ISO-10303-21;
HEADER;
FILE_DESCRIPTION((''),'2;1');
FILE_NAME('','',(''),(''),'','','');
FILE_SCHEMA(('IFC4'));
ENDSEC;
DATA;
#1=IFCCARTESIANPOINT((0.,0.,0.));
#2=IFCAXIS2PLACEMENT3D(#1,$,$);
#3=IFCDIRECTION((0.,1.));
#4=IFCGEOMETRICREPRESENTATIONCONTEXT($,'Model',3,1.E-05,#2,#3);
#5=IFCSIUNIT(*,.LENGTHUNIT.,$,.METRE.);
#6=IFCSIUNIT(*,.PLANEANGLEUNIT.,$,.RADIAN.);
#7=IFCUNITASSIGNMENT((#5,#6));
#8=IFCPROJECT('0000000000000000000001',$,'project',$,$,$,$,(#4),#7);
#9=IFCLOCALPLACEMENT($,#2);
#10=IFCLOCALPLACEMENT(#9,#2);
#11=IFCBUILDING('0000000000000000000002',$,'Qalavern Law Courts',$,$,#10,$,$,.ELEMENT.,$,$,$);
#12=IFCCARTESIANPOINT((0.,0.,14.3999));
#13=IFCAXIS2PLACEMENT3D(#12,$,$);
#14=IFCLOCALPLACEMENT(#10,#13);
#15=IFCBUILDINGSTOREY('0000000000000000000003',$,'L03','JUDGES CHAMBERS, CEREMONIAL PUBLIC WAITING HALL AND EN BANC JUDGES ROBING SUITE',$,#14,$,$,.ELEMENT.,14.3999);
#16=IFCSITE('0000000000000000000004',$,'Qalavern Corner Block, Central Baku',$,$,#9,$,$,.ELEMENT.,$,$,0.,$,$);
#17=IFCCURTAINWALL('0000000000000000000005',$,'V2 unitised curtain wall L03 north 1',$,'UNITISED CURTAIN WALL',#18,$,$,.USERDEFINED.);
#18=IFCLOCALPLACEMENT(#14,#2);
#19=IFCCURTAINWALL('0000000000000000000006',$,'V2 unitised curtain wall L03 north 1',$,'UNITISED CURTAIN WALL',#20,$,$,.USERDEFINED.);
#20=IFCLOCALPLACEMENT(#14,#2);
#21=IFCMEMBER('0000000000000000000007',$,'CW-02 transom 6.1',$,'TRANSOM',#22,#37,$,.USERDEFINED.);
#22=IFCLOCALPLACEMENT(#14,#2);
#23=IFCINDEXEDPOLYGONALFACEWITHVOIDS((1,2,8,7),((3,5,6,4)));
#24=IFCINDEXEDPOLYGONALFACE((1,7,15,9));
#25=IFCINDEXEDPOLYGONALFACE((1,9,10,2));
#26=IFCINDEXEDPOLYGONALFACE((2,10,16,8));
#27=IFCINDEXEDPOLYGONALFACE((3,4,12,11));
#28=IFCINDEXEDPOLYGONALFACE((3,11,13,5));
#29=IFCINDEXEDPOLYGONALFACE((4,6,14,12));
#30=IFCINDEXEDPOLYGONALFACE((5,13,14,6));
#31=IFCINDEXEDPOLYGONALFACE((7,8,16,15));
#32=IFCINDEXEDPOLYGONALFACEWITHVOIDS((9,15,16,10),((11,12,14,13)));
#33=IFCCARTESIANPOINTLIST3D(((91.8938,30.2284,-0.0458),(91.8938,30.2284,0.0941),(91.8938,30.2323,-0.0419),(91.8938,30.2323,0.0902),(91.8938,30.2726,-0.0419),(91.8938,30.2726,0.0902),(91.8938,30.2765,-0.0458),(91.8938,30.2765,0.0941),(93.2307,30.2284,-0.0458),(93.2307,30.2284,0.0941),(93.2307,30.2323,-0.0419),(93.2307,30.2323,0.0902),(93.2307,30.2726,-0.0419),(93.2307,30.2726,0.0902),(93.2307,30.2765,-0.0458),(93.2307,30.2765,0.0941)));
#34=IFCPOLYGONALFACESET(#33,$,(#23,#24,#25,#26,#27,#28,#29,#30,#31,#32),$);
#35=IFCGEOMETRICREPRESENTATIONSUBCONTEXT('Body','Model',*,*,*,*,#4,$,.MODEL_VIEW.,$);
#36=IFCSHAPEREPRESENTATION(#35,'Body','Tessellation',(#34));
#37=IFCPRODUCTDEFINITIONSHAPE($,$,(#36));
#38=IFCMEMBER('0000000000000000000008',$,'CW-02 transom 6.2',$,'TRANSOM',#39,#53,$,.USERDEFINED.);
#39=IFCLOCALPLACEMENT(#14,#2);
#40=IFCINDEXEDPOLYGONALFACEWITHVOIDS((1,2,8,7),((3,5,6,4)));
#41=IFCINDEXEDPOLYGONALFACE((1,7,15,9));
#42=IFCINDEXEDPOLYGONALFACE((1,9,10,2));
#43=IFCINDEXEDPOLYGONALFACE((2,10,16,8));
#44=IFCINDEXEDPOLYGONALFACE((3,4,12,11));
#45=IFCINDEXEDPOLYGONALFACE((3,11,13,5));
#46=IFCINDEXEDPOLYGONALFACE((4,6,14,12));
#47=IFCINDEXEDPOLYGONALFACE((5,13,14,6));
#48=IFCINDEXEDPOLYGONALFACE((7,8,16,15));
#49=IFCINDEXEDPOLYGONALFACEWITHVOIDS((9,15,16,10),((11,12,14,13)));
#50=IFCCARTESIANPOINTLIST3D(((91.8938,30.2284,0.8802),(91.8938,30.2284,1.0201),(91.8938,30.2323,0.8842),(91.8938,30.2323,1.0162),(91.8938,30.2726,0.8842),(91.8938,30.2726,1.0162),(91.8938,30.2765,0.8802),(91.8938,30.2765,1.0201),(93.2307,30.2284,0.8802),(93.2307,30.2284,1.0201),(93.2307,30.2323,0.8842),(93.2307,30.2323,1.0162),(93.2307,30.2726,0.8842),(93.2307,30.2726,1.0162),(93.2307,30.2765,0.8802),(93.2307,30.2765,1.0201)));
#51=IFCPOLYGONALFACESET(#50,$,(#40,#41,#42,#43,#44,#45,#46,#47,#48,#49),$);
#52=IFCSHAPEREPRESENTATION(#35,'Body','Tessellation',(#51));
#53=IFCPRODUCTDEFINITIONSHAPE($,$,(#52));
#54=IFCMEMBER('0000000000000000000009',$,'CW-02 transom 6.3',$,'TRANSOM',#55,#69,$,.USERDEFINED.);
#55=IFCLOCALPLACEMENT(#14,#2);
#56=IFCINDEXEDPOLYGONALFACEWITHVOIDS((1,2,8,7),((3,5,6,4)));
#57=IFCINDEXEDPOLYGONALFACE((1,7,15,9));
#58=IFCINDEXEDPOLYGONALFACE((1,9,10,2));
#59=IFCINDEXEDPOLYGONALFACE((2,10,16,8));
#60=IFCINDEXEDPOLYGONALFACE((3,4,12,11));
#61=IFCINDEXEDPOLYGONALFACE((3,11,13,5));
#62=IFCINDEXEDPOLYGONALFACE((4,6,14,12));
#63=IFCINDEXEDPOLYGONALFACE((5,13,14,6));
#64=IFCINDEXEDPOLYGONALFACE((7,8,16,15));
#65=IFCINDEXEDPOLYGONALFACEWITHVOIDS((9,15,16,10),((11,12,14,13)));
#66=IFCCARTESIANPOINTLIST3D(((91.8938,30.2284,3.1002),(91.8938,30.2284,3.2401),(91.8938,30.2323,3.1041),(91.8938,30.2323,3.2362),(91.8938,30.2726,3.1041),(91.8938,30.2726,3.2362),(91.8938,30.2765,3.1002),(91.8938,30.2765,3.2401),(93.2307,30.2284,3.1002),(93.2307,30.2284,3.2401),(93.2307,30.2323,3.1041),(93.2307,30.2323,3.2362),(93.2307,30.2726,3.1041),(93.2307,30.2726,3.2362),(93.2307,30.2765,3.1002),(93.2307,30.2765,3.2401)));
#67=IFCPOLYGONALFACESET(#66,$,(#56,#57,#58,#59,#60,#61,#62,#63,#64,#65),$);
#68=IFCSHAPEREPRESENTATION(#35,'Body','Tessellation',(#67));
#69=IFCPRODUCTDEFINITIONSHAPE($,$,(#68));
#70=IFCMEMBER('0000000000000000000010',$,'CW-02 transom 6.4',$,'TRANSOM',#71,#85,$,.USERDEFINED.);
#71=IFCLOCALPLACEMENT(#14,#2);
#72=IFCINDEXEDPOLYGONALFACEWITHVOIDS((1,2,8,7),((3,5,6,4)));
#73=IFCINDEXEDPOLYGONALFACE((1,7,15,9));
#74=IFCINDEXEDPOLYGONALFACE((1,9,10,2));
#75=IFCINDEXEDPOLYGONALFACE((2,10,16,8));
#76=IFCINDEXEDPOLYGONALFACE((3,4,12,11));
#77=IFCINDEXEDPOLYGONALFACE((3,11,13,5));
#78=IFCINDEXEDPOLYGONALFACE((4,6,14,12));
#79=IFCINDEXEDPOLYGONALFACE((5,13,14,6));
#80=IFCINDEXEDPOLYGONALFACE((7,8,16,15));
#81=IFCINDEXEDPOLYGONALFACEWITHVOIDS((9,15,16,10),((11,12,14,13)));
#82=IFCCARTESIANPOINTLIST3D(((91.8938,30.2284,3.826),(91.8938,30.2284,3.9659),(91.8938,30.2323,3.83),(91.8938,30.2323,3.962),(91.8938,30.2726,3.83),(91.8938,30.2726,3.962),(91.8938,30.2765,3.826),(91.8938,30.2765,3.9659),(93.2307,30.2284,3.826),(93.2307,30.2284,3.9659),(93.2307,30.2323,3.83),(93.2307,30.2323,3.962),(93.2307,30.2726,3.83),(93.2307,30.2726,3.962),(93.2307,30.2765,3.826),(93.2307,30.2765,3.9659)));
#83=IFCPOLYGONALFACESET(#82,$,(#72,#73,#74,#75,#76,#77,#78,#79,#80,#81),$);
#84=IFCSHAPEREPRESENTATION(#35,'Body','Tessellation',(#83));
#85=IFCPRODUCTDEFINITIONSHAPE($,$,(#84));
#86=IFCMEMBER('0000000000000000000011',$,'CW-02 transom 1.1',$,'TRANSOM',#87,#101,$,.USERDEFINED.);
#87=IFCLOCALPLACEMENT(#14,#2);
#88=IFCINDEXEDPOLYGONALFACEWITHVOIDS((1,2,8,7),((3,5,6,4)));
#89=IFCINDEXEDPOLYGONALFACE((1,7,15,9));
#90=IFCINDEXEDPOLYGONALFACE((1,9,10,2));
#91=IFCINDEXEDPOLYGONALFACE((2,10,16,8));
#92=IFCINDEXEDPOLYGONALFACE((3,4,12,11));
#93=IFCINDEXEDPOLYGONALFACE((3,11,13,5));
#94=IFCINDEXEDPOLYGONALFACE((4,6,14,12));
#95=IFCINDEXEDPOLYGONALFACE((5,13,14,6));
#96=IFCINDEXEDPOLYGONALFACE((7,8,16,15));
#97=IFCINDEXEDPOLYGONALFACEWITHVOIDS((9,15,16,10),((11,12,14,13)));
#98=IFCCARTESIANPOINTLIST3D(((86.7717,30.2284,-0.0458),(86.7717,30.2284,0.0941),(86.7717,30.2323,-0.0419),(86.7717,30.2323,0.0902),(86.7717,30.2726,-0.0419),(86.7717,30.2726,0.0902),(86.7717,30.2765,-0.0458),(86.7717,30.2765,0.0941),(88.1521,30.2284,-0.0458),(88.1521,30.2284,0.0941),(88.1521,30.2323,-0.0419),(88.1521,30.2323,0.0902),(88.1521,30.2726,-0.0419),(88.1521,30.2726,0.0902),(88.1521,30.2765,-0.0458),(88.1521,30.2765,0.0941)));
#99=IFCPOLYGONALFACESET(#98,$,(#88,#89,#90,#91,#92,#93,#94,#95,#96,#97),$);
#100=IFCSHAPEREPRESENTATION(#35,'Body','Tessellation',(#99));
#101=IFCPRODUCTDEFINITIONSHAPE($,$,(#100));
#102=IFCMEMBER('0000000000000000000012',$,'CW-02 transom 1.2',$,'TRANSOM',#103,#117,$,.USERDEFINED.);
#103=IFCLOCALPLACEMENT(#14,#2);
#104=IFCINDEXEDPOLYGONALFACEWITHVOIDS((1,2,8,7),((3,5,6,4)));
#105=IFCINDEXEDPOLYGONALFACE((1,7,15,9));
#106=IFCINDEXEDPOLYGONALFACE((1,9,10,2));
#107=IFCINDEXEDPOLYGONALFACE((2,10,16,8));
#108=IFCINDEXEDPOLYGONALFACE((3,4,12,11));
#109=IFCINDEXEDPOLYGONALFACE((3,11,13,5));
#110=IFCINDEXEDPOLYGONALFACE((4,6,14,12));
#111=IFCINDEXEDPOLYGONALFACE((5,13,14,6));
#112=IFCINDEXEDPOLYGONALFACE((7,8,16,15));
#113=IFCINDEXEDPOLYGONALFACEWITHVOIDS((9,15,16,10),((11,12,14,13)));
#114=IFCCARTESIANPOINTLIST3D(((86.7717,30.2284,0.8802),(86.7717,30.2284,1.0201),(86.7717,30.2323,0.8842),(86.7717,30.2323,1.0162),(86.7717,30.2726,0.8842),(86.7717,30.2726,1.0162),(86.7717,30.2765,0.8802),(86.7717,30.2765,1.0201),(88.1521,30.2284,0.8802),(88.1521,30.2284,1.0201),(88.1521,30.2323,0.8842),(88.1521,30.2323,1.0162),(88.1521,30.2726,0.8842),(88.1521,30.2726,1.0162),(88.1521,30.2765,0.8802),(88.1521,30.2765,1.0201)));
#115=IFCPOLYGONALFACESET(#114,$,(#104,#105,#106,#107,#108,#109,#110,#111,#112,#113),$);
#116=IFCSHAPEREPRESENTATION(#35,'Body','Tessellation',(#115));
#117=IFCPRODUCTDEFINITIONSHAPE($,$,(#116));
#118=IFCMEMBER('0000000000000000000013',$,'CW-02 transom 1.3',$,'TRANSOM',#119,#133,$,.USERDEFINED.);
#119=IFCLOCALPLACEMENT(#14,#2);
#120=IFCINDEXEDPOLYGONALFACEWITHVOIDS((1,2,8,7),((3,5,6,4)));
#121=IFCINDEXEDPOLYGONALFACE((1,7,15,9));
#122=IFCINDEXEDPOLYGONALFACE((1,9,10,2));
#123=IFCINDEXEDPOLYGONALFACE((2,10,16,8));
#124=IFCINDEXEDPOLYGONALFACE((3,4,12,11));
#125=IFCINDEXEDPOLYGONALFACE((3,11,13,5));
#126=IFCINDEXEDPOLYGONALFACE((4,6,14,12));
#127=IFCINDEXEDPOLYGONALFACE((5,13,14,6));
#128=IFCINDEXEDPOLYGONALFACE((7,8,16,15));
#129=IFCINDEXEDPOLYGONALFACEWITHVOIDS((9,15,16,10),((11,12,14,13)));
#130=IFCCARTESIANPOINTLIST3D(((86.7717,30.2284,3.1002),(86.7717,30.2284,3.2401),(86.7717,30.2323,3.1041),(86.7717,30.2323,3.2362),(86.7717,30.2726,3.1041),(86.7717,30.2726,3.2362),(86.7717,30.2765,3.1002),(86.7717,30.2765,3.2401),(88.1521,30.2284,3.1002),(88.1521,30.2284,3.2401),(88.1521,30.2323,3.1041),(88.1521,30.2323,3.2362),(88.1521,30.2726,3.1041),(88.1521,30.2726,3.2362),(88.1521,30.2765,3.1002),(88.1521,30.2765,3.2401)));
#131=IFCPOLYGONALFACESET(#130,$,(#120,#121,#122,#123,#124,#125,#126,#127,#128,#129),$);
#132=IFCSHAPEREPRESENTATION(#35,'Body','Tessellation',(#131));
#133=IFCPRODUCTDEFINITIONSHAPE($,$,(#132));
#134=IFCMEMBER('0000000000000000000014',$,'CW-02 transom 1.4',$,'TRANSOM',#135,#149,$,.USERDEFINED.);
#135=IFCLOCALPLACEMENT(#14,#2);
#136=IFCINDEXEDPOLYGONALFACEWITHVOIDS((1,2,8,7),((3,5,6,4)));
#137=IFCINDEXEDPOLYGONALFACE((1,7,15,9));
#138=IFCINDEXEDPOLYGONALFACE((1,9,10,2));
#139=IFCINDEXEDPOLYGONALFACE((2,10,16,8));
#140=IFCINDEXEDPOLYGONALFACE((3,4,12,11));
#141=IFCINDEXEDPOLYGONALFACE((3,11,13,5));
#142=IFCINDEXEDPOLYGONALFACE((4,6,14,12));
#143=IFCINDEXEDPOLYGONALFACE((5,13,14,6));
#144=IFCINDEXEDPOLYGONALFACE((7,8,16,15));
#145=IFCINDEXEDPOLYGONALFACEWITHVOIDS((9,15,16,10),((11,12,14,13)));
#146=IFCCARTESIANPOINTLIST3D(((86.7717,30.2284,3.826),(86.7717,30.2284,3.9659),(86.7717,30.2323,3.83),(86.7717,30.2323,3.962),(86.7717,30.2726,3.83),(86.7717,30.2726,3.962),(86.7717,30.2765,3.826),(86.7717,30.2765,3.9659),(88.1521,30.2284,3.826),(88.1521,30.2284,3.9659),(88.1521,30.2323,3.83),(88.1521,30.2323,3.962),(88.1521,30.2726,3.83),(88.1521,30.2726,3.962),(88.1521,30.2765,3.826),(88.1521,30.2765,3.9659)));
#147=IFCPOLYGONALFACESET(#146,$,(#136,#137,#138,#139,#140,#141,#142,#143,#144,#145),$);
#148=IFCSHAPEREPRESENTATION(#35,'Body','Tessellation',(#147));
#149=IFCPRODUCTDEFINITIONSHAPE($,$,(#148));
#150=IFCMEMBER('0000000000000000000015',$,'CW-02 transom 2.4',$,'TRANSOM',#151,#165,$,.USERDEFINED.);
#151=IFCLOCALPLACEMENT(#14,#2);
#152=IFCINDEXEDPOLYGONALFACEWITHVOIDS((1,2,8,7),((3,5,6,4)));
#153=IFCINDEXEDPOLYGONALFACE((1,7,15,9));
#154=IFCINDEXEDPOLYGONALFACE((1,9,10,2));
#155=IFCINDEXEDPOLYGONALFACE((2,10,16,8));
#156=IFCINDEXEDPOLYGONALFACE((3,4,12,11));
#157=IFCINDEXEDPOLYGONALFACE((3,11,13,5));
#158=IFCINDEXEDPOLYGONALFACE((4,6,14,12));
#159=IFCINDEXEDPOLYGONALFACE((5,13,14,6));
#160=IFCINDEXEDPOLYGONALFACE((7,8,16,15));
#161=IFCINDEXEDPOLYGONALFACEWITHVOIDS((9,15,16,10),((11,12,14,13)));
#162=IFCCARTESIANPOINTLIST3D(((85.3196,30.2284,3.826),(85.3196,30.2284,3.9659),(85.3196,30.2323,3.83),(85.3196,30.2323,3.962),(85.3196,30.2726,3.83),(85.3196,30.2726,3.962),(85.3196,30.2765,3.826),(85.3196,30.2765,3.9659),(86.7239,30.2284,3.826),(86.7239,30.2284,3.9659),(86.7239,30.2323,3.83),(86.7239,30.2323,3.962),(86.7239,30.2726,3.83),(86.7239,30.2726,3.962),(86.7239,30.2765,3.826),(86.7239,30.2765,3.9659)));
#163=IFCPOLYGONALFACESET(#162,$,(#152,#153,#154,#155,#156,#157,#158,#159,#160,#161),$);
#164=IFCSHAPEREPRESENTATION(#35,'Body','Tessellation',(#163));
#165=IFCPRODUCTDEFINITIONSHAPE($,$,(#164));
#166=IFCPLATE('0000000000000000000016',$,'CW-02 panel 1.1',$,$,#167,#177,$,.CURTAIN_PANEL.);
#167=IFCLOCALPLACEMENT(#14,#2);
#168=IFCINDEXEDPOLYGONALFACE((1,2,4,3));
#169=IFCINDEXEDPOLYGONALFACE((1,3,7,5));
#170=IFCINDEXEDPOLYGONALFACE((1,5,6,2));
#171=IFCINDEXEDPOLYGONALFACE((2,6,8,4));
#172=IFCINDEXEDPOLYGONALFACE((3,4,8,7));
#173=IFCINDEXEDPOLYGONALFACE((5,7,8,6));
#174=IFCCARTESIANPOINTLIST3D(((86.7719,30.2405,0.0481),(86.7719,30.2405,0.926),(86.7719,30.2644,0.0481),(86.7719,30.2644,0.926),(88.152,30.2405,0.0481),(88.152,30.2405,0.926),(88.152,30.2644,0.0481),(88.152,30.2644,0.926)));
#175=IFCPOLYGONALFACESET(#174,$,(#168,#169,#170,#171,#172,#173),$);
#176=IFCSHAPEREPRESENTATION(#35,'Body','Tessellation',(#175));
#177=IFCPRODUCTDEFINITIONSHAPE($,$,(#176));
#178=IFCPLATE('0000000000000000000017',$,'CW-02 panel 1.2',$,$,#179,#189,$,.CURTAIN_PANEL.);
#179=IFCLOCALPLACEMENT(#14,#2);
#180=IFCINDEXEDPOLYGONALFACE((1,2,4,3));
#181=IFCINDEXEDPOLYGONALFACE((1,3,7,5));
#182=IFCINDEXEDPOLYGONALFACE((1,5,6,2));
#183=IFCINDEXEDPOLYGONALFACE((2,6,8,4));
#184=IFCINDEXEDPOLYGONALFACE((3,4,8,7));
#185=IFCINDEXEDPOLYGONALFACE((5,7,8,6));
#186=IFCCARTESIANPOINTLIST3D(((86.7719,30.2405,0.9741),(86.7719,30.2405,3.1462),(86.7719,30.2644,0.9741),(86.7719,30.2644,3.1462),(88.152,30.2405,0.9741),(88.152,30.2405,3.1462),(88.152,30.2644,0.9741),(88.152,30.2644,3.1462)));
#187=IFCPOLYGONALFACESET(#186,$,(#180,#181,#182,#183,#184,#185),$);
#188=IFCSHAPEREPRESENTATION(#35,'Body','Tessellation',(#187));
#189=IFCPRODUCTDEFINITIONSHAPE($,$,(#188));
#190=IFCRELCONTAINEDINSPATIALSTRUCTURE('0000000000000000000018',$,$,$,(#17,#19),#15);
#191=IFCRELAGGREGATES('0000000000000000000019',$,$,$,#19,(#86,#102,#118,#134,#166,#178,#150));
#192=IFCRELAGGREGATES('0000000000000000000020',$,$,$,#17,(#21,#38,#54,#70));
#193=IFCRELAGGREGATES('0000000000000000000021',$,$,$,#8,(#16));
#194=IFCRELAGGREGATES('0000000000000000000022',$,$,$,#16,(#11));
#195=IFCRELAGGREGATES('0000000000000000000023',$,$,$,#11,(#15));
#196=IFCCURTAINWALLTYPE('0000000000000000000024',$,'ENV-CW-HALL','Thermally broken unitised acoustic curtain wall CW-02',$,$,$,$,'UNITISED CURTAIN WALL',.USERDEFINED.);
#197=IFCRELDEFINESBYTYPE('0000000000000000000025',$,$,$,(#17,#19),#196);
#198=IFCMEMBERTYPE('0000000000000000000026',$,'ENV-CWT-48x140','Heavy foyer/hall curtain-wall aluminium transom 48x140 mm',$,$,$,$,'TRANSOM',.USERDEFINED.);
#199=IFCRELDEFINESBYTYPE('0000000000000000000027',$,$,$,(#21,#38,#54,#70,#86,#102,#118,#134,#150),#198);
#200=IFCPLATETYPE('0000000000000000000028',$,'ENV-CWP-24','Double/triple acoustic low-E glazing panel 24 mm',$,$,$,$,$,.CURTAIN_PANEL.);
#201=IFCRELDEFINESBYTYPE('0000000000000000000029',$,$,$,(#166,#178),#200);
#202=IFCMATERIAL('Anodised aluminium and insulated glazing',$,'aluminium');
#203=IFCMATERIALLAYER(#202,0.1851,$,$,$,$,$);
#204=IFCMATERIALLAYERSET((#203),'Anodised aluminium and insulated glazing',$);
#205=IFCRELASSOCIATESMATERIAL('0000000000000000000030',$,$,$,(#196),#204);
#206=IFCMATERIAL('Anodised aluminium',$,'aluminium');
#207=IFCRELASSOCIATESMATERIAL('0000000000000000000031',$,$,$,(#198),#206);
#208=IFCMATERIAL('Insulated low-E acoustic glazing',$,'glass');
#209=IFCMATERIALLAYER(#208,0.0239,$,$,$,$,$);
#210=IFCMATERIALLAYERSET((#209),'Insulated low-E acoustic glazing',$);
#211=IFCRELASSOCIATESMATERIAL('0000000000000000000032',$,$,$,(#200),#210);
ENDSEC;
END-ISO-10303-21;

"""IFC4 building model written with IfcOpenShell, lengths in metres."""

from ifc_helpers import new_model, si_unit, direction, frame, origin, origin_2d, place, context, subcontext, project, spatial, rectangle, hollow_rectangle, extrude, material, layer, layer_set, material_profile, profile_set, type_object, element, aggregate, save


model = new_model("IFC4")

# Units and contexts
model_context = context("Model", 3, precision=1e-05, world=origin(), true_north=direction((0.0, 1.0)))
body_context = subcontext(model_context, "Body", "Model", "MODEL_VIEW")
ifc_project = project(units=[si_unit("LENGTHUNIT", "METRE"), si_unit("PLANEANGLEUNIT", "RADIAN")], contexts=[model_context])

# Site, building, storey
site_placement = place(None, origin())
site = spatial("IfcSite", under=ifc_project, at=site_placement, Name="Qalavern Corner Block, Central Baku", CompositionType="ELEMENT", RefElevation=0.0)
building_placement = place(site_placement, origin())
building = spatial("IfcBuilding", under=site, at=building_placement, Name="Qalavern Law Courts", CompositionType="ELEMENT")
storey_placement = place(building_placement, frame((0.0, 0.0, 14.3999)))
storey = spatial("IfcBuildingStorey", under=building, at=storey_placement, Name="L03", Description="JUDGES CHAMBERS, CEREMONIAL PUBLIC WAITING HALL AND EN BANC JUDGES ROBING SUITE", CompositionType="ELEMENT", Elevation=14.3999)

# Shared definitions
ifc_material_1 = material(Name="Anodised aluminium and insulated glazing", Category="aluminium")
ifc_material_2 = material(Name="Anodised aluminium", Category="aluminium")

# Curtain walls
ifc_layer_1 = layer(ifc_material_1, 0.1851)
ifc_layer_set_1 = layer_set([ifc_layer_1], Name="Anodised aluminium and insulated glazing")
curtain_wall_type_1 = type_object("IfcCurtainWallType", Name="ENV-CW-HALL", Description="Thermally broken unitised acoustic curtain wall CW-02", ElementType="UNITISED CURTAIN WALL", PredefinedType="USERDEFINED", material=ifc_layer_set_1)
curtain_wall_1_placement = place(storey_placement, origin())
curtain_wall_1 = element("IfcCurtainWall", 1, at=curtain_wall_1_placement, inside=storey, type_object=curtain_wall_type_1, Name="V2 unitised curtain wall L03 north 1", ObjectType="UNITISED CURTAIN WALL", PredefinedType="USERDEFINED")
curtain_wall_2_placement = place(storey_placement, origin())
curtain_wall_2 = element("IfcCurtainWall", 2, at=curtain_wall_2_placement, inside=storey, type_object=curtain_wall_type_1, Name="V2 unitised curtain wall L03 north 1", ObjectType="UNITISED CURTAIN WALL", PredefinedType="USERDEFINED")

# Members
ifc_material_profile_1 = material_profile(ifc_material_2, hollow_rectangle(XDim=0.0481, YDim=0.1399, WallThickness=0.0039, at=origin_2d()), Name="ALU TRANSOM 48x140")
ifc_profile_set_1 = profile_set([ifc_material_profile_1], Name="Anodised aluminium")
member_type_1 = type_object("IfcMemberType", Name="ENV-CWT-48x140", Description="Heavy foyer/hall curtain-wall aluminium transom 48x140 mm", ElementType="TRANSOM", PredefinedType="USERDEFINED", material=ifc_profile_set_1)
member_1_placement = place(storey_placement, frame((93.2307, 30.2524, 0.0242), z_axis=(-1.0, 0.0, 0.0), x_axis=(0.0, -1.0, 0.0)))
member_1 = element("IfcMember", 3, at=member_1_placement, type_object=member_type_1, Name="CW-02 transom 6.1", ObjectType="TRANSOM", PredefinedType="USERDEFINED", context=body_context, shape_type="SweptSolid", body=[
    extrude(hollow_rectangle(XDim=0.0481, YDim=0.1399, WallThickness=0.0039, at=origin_2d()), origin(), (0.0, 0.0, 1.0), 1.3369),
])
member_2_placement = place(storey_placement, frame((93.2307, 30.2524, 0.9502), z_axis=(-1.0, 0.0, 0.0), x_axis=(0.0, -1.0, 0.0)))
member_2 = element("IfcMember", 4, at=member_2_placement, type_object=member_type_1, Name="CW-02 transom 6.2", ObjectType="TRANSOM", PredefinedType="USERDEFINED", context=body_context, shape_type="SweptSolid", body=[
    extrude(hollow_rectangle(XDim=0.0481, YDim=0.1399, WallThickness=0.0039, at=origin_2d()), origin(), (0.0, 0.0, 1.0), 1.3369),
])
member_3_placement = place(storey_placement, frame((93.2307, 30.2524, 3.1702), z_axis=(-1.0, 0.0, 0.0), x_axis=(0.0, -1.0, 0.0)))
member_3 = element("IfcMember", 5, at=member_3_placement, type_object=member_type_1, Name="CW-02 transom 6.3", ObjectType="TRANSOM", PredefinedType="USERDEFINED", context=body_context, shape_type="SweptSolid", body=[
    extrude(hollow_rectangle(XDim=0.0481, YDim=0.1399, WallThickness=0.0039, at=origin_2d()), origin(), (0.0, 0.0, 1.0), 1.3369),
])
member_4_placement = place(storey_placement, frame((93.2307, 30.2524, 3.896), z_axis=(-1.0, 0.0, 0.0), x_axis=(0.0, -1.0, 0.0)))
member_4 = element("IfcMember", 6, at=member_4_placement, type_object=member_type_1, Name="CW-02 transom 6.4", ObjectType="TRANSOM", PredefinedType="USERDEFINED", context=body_context, shape_type="SweptSolid", body=[
    extrude(hollow_rectangle(XDim=0.0481, YDim=0.1399, WallThickness=0.0039, at=origin_2d()), origin(), (0.0, 0.0, 1.0), 1.3369),
])
member_5_placement = place(storey_placement, frame((88.1521, 30.2524, 0.0242), z_axis=(-1.0, 0.0, 0.0), x_axis=(0.0, -1.0, 0.0)))
member_5 = element("IfcMember", 7, at=member_5_placement, type_object=member_type_1, Name="CW-02 transom 1.1", ObjectType="TRANSOM", PredefinedType="USERDEFINED", context=body_context, shape_type="SweptSolid", body=[
    extrude(hollow_rectangle(XDim=0.0481, YDim=0.1399, WallThickness=0.0039, at=origin_2d()), origin(), (0.0, 0.0, 1.0), 1.3804),
])
member_6_placement = place(storey_placement, frame((88.1521, 30.2524, 0.9502), z_axis=(-1.0, 0.0, 0.0), x_axis=(0.0, -1.0, 0.0)))
member_6 = element("IfcMember", 8, at=member_6_placement, type_object=member_type_1, Name="CW-02 transom 1.2", ObjectType="TRANSOM", PredefinedType="USERDEFINED", context=body_context, shape_type="SweptSolid", body=[
    extrude(hollow_rectangle(XDim=0.0481, YDim=0.1399, WallThickness=0.0039, at=origin_2d()), origin(), (0.0, 0.0, 1.0), 1.3804),
])
member_7_placement = place(storey_placement, frame((88.1521, 30.2524, 3.1702), z_axis=(-1.0, 0.0, 0.0), x_axis=(0.0, -1.0, 0.0)))
member_7 = element("IfcMember", 9, at=member_7_placement, type_object=member_type_1, Name="CW-02 transom 1.3", ObjectType="TRANSOM", PredefinedType="USERDEFINED", context=body_context, shape_type="SweptSolid", body=[
    extrude(hollow_rectangle(XDim=0.0481, YDim=0.1399, WallThickness=0.0039, at=origin_2d()), origin(), (0.0, 0.0, 1.0), 1.3804),
])
member_8_placement = place(storey_placement, frame((88.1521, 30.2524, 3.896), z_axis=(-1.0, 0.0, 0.0), x_axis=(0.0, -1.0, 0.0)))
member_8 = element("IfcMember", 10, at=member_8_placement, type_object=member_type_1, Name="CW-02 transom 1.4", ObjectType="TRANSOM", PredefinedType="USERDEFINED", context=body_context, shape_type="SweptSolid", body=[
    extrude(hollow_rectangle(XDim=0.0481, YDim=0.1399, WallThickness=0.0039, at=origin_2d()), origin(), (0.0, 0.0, 1.0), 1.3804),
])
member_9_placement = place(storey_placement, frame((86.7239, 30.2524, 3.896), z_axis=(-1.0, 0.0, 0.0), x_axis=(0.0, -1.0, 0.0)))
member_9 = element("IfcMember", 11, at=member_9_placement, type_object=member_type_1, Name="CW-02 transom 2.4", ObjectType="TRANSOM", PredefinedType="USERDEFINED", context=body_context, shape_type="SweptSolid", body=[
    extrude(hollow_rectangle(XDim=0.0481, YDim=0.1399, WallThickness=0.0039, at=origin_2d()), origin(), (0.0, 0.0, 1.0), 1.4043),
])

# Plates
ifc_material_3 = material(Name="Insulated low-E acoustic glazing", Category="glass")
ifc_layer_2 = layer(ifc_material_3, 0.0239)
ifc_layer_set_2 = layer_set([ifc_layer_2], Name="Insulated low-E acoustic glazing")
plate_type_1 = type_object("IfcPlateType", Name="ENV-CWP-24", Description="Double/triple acoustic low-E glazing panel 24 mm", PredefinedType="CURTAIN_PANEL", material=ifc_layer_set_2)
plate_1_placement = place(storey_placement, frame((87.4619, 30.2524, 0.0481), z_axis=(0.0, 0.0, 1.0), x_axis=(-1.0, 0.0, 0.0)))
plate_1 = element("IfcPlate", 12, at=plate_1_placement, type_object=plate_type_1, Name="CW-02 panel 1.1", PredefinedType="CURTAIN_PANEL", context=body_context, shape_type="SweptSolid", body=[
    extrude(rectangle(XDim=1.3801, YDim=0.0239, at=origin_2d()), origin(), (0.0, 0.0, 1.0), 0.8779),
])
plate_2_placement = place(storey_placement, frame((87.4619, 30.2524, 0.9741), z_axis=(0.0, 0.0, 1.0), x_axis=(-1.0, 0.0, 0.0)))
plate_2 = element("IfcPlate", 13, at=plate_2_placement, type_object=plate_type_1, Name="CW-02 panel 1.2", PredefinedType="CURTAIN_PANEL", context=body_context, shape_type="SweptSolid", body=[
    extrude(rectangle(XDim=1.3801, YDim=0.0239, at=origin_2d()), origin(), (0.0, 0.0, 1.0), 2.1721),
])
aggregate(curtain_wall_2, [member_5, member_6, member_7, member_8, plate_1, plate_2, member_9])
aggregate(curtain_wall_1, [member_1, member_2, member_3, member_4])

save(model, "model.ifc")
